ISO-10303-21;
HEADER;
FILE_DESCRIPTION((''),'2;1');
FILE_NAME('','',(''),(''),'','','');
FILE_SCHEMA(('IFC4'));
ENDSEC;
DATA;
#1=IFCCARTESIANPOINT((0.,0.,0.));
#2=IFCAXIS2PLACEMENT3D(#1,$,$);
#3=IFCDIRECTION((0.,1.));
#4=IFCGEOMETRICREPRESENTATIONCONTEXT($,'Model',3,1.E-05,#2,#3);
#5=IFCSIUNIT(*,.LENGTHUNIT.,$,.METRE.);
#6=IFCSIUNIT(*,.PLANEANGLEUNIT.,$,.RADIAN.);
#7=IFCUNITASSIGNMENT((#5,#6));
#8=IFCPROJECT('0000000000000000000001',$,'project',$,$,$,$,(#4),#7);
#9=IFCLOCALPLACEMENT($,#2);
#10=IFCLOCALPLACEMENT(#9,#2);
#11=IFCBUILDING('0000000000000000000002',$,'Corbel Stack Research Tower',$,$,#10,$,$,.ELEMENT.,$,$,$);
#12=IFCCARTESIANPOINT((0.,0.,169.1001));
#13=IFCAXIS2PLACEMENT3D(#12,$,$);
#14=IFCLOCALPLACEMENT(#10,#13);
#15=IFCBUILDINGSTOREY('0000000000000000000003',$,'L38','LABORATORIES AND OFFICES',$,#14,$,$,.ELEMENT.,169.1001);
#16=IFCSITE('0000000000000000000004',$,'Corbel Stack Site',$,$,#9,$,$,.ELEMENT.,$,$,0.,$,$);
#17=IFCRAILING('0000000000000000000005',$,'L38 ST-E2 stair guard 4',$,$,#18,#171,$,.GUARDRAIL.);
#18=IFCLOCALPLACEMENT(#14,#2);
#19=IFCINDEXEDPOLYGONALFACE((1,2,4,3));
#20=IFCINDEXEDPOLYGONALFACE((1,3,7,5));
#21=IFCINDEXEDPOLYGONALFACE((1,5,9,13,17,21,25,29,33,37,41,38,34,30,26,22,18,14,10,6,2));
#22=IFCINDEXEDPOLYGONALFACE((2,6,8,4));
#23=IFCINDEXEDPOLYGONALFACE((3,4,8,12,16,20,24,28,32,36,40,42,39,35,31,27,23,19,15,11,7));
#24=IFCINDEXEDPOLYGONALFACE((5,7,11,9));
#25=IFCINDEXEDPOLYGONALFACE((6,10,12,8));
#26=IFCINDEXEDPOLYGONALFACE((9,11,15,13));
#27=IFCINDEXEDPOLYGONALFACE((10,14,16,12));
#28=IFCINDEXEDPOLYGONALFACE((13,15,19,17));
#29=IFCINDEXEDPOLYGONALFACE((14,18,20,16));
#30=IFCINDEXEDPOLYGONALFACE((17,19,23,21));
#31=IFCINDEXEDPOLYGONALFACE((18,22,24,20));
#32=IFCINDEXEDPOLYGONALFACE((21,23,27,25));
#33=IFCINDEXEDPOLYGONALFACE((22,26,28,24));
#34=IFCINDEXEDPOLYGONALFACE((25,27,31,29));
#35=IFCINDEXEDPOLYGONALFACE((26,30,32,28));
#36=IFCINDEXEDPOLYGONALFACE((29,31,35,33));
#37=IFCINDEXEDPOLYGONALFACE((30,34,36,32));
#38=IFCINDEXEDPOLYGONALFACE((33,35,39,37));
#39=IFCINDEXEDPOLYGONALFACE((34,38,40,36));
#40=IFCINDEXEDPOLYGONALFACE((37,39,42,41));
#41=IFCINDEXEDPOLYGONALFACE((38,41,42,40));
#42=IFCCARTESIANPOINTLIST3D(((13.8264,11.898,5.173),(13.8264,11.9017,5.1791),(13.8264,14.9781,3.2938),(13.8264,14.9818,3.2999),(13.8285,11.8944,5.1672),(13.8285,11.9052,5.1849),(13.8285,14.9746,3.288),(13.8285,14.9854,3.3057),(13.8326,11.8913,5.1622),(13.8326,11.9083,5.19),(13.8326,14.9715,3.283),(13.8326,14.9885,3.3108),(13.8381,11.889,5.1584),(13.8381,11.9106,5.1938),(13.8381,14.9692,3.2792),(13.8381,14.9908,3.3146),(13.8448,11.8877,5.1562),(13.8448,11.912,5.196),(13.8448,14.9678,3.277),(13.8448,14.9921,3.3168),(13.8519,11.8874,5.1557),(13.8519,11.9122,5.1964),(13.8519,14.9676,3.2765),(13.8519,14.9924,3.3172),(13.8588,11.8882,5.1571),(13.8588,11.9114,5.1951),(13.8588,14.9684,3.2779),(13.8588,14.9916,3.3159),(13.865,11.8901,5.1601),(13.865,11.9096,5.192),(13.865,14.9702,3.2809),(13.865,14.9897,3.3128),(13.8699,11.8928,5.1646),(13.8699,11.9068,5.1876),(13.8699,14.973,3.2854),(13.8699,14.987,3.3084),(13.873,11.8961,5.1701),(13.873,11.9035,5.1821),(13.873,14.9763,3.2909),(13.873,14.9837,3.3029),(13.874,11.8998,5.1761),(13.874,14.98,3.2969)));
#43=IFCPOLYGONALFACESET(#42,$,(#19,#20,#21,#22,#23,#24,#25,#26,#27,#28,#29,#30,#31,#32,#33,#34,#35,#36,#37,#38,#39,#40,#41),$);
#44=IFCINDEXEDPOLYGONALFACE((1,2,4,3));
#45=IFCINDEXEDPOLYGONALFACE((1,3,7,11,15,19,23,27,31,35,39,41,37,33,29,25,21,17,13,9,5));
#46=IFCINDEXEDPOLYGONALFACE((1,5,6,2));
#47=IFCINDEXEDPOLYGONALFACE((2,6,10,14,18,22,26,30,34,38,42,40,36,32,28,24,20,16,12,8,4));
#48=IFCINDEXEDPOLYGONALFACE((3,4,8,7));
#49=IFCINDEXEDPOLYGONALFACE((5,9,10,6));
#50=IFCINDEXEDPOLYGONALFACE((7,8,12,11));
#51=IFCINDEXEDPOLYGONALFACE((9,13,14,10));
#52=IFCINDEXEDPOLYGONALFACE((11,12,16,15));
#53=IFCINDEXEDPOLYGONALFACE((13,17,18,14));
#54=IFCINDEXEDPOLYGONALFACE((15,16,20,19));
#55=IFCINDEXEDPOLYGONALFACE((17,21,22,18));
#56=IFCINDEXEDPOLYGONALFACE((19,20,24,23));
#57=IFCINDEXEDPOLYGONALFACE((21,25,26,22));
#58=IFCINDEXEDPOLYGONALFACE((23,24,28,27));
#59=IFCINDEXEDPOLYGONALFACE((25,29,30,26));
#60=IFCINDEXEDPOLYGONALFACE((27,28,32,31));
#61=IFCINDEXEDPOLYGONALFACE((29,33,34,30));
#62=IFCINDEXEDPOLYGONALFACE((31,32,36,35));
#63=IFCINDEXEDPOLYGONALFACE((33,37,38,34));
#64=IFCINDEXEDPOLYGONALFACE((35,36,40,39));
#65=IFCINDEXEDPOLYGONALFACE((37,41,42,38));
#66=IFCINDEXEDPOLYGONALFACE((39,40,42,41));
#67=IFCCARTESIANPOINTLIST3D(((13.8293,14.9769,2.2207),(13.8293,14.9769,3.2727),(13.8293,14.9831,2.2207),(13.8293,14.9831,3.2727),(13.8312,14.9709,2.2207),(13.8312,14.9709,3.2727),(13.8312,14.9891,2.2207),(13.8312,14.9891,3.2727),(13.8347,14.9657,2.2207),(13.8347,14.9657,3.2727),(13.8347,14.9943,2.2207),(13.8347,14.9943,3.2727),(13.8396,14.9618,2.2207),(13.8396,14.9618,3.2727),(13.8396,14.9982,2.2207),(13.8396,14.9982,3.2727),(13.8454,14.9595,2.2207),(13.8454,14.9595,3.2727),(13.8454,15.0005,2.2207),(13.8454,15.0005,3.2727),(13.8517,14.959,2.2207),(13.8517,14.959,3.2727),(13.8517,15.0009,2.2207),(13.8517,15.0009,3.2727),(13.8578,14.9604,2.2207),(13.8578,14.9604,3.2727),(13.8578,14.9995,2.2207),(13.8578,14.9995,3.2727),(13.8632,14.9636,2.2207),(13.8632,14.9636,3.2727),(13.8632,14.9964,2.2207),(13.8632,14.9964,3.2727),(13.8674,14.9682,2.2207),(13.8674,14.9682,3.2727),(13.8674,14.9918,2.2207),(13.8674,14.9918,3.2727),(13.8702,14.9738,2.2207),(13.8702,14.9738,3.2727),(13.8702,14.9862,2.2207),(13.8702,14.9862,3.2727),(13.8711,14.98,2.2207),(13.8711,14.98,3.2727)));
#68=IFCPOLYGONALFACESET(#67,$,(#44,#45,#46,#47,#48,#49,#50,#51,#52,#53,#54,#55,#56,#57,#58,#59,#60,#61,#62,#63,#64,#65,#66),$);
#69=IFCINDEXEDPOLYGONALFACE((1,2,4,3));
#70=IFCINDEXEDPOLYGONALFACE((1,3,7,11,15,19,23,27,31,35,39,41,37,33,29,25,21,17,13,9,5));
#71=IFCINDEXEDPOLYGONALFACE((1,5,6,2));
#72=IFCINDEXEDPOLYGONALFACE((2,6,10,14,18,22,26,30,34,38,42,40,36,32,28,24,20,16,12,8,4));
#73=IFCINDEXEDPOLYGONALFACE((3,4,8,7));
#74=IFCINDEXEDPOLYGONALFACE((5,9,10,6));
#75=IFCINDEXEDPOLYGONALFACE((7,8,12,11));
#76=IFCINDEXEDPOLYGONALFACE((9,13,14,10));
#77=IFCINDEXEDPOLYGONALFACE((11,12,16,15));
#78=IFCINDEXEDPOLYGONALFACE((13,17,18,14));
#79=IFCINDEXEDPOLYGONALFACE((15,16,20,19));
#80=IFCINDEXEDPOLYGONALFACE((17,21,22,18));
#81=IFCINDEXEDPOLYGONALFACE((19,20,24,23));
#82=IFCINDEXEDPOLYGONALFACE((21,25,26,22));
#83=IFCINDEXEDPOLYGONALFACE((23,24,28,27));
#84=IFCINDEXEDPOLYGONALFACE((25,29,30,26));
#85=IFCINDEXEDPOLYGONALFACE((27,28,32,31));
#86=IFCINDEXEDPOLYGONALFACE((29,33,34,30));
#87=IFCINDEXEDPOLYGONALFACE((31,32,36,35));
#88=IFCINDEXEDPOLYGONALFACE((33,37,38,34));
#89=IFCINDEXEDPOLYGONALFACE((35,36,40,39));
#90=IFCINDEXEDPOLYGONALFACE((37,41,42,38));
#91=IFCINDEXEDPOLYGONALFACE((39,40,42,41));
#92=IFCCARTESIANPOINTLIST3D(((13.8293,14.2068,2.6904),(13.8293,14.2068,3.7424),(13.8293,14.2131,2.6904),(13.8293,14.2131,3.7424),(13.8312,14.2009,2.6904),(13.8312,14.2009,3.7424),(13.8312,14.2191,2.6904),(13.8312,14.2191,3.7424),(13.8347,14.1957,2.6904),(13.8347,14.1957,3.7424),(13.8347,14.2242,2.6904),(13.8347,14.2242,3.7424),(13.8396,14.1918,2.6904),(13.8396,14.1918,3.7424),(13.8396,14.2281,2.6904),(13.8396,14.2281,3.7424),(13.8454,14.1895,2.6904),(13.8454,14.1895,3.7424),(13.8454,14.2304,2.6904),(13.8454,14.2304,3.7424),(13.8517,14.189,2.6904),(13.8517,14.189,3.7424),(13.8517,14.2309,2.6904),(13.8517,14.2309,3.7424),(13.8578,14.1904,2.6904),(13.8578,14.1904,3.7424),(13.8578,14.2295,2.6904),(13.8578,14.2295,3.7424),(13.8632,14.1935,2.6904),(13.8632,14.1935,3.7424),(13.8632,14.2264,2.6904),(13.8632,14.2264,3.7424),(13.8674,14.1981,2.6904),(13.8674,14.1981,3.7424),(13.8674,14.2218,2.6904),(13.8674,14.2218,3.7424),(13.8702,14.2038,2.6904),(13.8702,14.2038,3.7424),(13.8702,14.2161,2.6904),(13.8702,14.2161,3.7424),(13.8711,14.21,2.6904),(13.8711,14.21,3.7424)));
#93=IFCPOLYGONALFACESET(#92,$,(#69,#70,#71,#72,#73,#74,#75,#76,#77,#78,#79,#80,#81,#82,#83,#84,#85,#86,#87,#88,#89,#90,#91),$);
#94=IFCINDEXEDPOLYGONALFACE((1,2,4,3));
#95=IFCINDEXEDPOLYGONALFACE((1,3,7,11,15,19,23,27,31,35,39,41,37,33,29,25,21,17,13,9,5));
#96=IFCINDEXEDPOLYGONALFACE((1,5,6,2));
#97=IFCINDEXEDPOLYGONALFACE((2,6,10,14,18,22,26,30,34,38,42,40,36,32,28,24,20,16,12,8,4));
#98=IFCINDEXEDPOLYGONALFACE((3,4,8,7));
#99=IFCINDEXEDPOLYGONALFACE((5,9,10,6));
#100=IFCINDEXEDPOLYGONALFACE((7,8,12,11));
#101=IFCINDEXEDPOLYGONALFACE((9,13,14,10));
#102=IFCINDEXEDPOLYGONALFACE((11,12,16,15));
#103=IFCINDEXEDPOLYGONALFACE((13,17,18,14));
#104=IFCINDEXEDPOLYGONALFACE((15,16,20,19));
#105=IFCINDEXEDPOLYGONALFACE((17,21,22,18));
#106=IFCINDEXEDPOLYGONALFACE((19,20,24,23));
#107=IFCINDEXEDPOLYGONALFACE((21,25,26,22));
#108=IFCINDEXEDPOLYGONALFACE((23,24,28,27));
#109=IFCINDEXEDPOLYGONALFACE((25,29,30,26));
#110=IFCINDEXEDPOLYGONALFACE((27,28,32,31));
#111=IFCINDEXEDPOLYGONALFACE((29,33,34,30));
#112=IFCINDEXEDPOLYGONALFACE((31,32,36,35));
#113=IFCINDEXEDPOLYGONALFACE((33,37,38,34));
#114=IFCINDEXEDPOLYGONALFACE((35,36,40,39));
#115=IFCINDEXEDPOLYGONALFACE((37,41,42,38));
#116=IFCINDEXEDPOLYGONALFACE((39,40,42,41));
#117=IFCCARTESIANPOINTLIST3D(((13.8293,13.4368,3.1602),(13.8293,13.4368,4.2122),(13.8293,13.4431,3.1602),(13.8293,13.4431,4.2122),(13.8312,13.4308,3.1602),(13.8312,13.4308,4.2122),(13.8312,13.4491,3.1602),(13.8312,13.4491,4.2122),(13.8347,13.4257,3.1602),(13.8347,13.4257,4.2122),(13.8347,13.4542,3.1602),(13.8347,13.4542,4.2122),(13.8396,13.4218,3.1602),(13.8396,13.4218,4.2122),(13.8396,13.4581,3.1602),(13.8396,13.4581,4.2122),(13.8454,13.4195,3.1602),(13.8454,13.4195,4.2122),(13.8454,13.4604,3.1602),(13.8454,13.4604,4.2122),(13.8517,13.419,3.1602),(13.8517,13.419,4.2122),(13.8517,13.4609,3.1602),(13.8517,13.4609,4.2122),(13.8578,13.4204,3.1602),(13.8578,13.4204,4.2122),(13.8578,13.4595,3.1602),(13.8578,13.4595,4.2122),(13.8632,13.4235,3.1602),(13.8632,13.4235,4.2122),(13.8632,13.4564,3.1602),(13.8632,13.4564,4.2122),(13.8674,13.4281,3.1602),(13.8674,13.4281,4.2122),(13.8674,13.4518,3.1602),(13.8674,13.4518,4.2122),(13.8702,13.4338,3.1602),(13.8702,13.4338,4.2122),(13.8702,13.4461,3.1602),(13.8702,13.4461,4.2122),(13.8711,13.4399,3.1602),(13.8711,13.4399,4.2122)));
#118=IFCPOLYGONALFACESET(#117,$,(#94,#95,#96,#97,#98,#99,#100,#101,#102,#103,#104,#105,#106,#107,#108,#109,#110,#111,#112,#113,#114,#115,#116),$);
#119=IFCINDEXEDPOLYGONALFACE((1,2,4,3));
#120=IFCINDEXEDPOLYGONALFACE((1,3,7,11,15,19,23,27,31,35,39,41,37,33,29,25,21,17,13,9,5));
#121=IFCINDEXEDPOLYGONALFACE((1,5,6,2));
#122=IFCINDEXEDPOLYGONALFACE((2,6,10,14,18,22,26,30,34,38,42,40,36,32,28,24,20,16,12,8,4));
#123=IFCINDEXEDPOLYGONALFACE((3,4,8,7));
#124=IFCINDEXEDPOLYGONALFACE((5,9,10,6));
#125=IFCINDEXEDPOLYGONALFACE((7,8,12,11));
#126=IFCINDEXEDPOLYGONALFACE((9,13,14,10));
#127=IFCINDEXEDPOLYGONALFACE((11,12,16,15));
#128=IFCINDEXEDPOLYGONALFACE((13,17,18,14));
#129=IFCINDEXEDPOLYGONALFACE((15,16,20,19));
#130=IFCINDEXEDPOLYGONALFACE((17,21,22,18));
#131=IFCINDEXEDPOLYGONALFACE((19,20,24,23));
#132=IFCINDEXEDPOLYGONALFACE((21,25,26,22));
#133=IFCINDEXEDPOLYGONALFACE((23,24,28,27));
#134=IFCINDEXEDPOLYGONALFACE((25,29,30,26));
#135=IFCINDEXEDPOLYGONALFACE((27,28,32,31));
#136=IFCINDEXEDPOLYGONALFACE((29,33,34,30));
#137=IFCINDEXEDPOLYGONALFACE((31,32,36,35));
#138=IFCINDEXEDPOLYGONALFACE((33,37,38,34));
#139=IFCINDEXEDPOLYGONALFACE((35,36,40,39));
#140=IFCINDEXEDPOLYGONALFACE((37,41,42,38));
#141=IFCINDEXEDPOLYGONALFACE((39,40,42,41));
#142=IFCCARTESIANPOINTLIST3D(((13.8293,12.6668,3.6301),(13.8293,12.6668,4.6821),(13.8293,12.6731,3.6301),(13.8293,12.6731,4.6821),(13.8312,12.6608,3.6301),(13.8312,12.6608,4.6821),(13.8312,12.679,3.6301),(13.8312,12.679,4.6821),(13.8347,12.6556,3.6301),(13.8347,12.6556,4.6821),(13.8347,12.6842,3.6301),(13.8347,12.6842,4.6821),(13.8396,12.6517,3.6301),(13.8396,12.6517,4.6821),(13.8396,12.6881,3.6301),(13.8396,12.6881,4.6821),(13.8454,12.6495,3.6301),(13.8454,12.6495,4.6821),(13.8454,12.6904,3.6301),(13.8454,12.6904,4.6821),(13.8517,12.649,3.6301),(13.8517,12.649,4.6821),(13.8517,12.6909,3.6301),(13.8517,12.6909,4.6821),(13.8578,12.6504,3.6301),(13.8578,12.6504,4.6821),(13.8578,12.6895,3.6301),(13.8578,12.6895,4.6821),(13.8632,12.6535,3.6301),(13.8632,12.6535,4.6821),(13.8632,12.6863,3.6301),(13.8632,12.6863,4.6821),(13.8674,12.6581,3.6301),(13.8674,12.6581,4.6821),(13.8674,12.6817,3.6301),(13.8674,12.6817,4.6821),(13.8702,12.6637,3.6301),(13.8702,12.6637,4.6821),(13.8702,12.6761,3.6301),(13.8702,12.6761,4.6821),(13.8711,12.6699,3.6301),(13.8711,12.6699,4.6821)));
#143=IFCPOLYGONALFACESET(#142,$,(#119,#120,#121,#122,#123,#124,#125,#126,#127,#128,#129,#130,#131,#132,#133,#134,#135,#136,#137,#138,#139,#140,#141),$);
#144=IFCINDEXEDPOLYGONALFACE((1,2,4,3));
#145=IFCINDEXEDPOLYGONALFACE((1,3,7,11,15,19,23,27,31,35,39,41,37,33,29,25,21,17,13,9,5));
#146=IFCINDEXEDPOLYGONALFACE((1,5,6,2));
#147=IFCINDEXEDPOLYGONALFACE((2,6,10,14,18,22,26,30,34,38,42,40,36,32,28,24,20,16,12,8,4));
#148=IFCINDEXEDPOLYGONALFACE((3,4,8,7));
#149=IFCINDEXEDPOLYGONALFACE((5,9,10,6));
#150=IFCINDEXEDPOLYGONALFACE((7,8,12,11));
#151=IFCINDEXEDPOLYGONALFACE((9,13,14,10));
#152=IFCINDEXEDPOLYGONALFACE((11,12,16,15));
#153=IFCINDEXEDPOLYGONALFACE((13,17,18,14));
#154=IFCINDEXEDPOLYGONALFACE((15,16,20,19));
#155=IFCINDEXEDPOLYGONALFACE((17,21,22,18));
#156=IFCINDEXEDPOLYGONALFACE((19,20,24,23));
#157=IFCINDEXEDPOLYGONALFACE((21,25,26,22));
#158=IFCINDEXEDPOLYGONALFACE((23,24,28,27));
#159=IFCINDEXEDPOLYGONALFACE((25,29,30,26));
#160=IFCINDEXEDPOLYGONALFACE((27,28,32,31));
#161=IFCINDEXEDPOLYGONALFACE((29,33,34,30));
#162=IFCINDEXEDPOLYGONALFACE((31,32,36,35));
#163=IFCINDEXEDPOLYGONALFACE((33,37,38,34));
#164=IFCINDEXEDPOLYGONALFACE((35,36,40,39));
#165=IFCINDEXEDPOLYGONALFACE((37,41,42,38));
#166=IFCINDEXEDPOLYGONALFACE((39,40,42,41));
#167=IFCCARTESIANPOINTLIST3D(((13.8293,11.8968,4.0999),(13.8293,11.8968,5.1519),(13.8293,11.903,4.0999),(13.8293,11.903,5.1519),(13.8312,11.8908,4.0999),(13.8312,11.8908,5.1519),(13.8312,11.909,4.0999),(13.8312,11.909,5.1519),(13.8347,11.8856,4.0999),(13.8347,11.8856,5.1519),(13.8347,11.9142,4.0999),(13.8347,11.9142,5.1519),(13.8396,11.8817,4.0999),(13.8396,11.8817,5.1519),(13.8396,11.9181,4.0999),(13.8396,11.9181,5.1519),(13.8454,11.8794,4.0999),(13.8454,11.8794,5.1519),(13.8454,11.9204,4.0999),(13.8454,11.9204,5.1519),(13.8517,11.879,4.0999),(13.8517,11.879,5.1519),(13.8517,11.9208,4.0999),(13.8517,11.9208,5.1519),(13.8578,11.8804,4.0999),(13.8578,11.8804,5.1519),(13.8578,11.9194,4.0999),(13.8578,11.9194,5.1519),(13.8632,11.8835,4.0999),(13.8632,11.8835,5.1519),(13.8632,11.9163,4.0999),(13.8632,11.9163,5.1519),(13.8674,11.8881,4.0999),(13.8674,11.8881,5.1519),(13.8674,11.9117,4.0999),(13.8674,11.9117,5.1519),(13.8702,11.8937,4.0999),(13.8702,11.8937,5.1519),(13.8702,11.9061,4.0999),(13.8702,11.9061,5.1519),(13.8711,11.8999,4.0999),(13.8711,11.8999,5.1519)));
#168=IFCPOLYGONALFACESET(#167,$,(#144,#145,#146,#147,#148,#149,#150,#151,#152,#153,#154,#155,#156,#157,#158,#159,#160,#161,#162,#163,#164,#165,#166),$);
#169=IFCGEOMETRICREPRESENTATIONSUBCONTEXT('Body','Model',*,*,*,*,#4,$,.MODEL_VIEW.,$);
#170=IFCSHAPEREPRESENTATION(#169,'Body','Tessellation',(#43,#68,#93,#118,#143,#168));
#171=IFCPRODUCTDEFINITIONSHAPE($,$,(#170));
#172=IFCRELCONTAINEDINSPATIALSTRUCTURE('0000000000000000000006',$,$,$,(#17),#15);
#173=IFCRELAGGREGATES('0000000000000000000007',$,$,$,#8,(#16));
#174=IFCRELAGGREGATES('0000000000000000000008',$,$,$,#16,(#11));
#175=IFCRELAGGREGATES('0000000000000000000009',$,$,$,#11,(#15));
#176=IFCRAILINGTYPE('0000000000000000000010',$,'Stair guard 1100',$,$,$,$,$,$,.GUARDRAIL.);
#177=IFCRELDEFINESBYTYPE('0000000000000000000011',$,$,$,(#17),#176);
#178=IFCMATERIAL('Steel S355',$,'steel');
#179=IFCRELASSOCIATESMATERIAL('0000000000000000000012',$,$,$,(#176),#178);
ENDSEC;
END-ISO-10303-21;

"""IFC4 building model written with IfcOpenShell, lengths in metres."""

from ifc_helpers import new_model, si_unit, direction, frame, origin, origin_2d, place, context, subcontext, project, spatial, circle, extrude, material, type_object, element, save


model = new_model("IFC4")

# Units and contexts
model_context = context("Model", 3, precision=1e-05, world=origin(), true_north=direction((0.0, 1.0)))
body_context = subcontext(model_context, "Body", "Model", "MODEL_VIEW")
ifc_project = project(units=[si_unit("LENGTHUNIT", "METRE"), si_unit("PLANEANGLEUNIT", "RADIAN")], contexts=[model_context])

# Site, building, storey
site_placement = place(None, origin())
site = spatial("IfcSite", under=ifc_project, at=site_placement, Name="Corbel Stack Site", CompositionType="ELEMENT", RefElevation=0.0)
building_placement = place(site_placement, origin())
building = spatial("IfcBuilding", under=site, at=building_placement, Name="Corbel Stack Research Tower", CompositionType="ELEMENT")
storey_placement = place(building_placement, frame((0.0, 0.0, 169.1001)))
storey = spatial("IfcBuildingStorey", under=building, at=storey_placement, Name="L38", Description="LABORATORIES AND OFFICES", CompositionType="ELEMENT", Elevation=169.1001)

# Railing
ifc_material_1 = material(Name="Steel S355", Category="steel")
railing_type_1 = type_object("IfcRailingType", Name="Stair guard 1100", PredefinedType="GUARDRAIL", material=ifc_material_1)
railing_1_placement = place(storey_placement, frame((13.8501, 14.98, 2.2207)))
element("IfcRailing", 1, at=railing_1_placement, inside=storey, type_object=railing_type_1, Name="L38 ST-E2 stair guard 4", PredefinedType="GUARDRAIL", context=body_context, shape_type="SweptSolid", body=[
    extrude(circle(Radius=0.0239, at=origin_2d()), frame((0.0, 0.0, 1.0762), z_axis=(0.0, -0.853666, 0.52082), x_axis=(1.0, 0.0, 0.0)), (0.0, 0.0, 1.0), 3.6082),
    extrude(circle(Radius=0.021, at=origin_2d()), origin(), (0.0, 0.0, 1.0), 1.052),
    extrude(circle(Radius=0.021, at=origin_2d()), frame((0.0, -0.77, 0.4697)), (0.0, 0.0, 1.0), 1.052),
    extrude(circle(Radius=0.021, at=origin_2d()), frame((0.0, -1.54, 0.9395)), (0.0, 0.0, 1.0), 1.052),
    extrude(circle(Radius=0.021, at=origin_2d()), frame((0.0, -2.3101, 1.4094)), (0.0, 0.0, 1.0), 1.052),
    extrude(circle(Radius=0.021, at=origin_2d()), frame((0.0, -3.0801, 1.8792)), (0.0, 0.0, 1.0), 1.052),
])

save(model, "model.ifc")
